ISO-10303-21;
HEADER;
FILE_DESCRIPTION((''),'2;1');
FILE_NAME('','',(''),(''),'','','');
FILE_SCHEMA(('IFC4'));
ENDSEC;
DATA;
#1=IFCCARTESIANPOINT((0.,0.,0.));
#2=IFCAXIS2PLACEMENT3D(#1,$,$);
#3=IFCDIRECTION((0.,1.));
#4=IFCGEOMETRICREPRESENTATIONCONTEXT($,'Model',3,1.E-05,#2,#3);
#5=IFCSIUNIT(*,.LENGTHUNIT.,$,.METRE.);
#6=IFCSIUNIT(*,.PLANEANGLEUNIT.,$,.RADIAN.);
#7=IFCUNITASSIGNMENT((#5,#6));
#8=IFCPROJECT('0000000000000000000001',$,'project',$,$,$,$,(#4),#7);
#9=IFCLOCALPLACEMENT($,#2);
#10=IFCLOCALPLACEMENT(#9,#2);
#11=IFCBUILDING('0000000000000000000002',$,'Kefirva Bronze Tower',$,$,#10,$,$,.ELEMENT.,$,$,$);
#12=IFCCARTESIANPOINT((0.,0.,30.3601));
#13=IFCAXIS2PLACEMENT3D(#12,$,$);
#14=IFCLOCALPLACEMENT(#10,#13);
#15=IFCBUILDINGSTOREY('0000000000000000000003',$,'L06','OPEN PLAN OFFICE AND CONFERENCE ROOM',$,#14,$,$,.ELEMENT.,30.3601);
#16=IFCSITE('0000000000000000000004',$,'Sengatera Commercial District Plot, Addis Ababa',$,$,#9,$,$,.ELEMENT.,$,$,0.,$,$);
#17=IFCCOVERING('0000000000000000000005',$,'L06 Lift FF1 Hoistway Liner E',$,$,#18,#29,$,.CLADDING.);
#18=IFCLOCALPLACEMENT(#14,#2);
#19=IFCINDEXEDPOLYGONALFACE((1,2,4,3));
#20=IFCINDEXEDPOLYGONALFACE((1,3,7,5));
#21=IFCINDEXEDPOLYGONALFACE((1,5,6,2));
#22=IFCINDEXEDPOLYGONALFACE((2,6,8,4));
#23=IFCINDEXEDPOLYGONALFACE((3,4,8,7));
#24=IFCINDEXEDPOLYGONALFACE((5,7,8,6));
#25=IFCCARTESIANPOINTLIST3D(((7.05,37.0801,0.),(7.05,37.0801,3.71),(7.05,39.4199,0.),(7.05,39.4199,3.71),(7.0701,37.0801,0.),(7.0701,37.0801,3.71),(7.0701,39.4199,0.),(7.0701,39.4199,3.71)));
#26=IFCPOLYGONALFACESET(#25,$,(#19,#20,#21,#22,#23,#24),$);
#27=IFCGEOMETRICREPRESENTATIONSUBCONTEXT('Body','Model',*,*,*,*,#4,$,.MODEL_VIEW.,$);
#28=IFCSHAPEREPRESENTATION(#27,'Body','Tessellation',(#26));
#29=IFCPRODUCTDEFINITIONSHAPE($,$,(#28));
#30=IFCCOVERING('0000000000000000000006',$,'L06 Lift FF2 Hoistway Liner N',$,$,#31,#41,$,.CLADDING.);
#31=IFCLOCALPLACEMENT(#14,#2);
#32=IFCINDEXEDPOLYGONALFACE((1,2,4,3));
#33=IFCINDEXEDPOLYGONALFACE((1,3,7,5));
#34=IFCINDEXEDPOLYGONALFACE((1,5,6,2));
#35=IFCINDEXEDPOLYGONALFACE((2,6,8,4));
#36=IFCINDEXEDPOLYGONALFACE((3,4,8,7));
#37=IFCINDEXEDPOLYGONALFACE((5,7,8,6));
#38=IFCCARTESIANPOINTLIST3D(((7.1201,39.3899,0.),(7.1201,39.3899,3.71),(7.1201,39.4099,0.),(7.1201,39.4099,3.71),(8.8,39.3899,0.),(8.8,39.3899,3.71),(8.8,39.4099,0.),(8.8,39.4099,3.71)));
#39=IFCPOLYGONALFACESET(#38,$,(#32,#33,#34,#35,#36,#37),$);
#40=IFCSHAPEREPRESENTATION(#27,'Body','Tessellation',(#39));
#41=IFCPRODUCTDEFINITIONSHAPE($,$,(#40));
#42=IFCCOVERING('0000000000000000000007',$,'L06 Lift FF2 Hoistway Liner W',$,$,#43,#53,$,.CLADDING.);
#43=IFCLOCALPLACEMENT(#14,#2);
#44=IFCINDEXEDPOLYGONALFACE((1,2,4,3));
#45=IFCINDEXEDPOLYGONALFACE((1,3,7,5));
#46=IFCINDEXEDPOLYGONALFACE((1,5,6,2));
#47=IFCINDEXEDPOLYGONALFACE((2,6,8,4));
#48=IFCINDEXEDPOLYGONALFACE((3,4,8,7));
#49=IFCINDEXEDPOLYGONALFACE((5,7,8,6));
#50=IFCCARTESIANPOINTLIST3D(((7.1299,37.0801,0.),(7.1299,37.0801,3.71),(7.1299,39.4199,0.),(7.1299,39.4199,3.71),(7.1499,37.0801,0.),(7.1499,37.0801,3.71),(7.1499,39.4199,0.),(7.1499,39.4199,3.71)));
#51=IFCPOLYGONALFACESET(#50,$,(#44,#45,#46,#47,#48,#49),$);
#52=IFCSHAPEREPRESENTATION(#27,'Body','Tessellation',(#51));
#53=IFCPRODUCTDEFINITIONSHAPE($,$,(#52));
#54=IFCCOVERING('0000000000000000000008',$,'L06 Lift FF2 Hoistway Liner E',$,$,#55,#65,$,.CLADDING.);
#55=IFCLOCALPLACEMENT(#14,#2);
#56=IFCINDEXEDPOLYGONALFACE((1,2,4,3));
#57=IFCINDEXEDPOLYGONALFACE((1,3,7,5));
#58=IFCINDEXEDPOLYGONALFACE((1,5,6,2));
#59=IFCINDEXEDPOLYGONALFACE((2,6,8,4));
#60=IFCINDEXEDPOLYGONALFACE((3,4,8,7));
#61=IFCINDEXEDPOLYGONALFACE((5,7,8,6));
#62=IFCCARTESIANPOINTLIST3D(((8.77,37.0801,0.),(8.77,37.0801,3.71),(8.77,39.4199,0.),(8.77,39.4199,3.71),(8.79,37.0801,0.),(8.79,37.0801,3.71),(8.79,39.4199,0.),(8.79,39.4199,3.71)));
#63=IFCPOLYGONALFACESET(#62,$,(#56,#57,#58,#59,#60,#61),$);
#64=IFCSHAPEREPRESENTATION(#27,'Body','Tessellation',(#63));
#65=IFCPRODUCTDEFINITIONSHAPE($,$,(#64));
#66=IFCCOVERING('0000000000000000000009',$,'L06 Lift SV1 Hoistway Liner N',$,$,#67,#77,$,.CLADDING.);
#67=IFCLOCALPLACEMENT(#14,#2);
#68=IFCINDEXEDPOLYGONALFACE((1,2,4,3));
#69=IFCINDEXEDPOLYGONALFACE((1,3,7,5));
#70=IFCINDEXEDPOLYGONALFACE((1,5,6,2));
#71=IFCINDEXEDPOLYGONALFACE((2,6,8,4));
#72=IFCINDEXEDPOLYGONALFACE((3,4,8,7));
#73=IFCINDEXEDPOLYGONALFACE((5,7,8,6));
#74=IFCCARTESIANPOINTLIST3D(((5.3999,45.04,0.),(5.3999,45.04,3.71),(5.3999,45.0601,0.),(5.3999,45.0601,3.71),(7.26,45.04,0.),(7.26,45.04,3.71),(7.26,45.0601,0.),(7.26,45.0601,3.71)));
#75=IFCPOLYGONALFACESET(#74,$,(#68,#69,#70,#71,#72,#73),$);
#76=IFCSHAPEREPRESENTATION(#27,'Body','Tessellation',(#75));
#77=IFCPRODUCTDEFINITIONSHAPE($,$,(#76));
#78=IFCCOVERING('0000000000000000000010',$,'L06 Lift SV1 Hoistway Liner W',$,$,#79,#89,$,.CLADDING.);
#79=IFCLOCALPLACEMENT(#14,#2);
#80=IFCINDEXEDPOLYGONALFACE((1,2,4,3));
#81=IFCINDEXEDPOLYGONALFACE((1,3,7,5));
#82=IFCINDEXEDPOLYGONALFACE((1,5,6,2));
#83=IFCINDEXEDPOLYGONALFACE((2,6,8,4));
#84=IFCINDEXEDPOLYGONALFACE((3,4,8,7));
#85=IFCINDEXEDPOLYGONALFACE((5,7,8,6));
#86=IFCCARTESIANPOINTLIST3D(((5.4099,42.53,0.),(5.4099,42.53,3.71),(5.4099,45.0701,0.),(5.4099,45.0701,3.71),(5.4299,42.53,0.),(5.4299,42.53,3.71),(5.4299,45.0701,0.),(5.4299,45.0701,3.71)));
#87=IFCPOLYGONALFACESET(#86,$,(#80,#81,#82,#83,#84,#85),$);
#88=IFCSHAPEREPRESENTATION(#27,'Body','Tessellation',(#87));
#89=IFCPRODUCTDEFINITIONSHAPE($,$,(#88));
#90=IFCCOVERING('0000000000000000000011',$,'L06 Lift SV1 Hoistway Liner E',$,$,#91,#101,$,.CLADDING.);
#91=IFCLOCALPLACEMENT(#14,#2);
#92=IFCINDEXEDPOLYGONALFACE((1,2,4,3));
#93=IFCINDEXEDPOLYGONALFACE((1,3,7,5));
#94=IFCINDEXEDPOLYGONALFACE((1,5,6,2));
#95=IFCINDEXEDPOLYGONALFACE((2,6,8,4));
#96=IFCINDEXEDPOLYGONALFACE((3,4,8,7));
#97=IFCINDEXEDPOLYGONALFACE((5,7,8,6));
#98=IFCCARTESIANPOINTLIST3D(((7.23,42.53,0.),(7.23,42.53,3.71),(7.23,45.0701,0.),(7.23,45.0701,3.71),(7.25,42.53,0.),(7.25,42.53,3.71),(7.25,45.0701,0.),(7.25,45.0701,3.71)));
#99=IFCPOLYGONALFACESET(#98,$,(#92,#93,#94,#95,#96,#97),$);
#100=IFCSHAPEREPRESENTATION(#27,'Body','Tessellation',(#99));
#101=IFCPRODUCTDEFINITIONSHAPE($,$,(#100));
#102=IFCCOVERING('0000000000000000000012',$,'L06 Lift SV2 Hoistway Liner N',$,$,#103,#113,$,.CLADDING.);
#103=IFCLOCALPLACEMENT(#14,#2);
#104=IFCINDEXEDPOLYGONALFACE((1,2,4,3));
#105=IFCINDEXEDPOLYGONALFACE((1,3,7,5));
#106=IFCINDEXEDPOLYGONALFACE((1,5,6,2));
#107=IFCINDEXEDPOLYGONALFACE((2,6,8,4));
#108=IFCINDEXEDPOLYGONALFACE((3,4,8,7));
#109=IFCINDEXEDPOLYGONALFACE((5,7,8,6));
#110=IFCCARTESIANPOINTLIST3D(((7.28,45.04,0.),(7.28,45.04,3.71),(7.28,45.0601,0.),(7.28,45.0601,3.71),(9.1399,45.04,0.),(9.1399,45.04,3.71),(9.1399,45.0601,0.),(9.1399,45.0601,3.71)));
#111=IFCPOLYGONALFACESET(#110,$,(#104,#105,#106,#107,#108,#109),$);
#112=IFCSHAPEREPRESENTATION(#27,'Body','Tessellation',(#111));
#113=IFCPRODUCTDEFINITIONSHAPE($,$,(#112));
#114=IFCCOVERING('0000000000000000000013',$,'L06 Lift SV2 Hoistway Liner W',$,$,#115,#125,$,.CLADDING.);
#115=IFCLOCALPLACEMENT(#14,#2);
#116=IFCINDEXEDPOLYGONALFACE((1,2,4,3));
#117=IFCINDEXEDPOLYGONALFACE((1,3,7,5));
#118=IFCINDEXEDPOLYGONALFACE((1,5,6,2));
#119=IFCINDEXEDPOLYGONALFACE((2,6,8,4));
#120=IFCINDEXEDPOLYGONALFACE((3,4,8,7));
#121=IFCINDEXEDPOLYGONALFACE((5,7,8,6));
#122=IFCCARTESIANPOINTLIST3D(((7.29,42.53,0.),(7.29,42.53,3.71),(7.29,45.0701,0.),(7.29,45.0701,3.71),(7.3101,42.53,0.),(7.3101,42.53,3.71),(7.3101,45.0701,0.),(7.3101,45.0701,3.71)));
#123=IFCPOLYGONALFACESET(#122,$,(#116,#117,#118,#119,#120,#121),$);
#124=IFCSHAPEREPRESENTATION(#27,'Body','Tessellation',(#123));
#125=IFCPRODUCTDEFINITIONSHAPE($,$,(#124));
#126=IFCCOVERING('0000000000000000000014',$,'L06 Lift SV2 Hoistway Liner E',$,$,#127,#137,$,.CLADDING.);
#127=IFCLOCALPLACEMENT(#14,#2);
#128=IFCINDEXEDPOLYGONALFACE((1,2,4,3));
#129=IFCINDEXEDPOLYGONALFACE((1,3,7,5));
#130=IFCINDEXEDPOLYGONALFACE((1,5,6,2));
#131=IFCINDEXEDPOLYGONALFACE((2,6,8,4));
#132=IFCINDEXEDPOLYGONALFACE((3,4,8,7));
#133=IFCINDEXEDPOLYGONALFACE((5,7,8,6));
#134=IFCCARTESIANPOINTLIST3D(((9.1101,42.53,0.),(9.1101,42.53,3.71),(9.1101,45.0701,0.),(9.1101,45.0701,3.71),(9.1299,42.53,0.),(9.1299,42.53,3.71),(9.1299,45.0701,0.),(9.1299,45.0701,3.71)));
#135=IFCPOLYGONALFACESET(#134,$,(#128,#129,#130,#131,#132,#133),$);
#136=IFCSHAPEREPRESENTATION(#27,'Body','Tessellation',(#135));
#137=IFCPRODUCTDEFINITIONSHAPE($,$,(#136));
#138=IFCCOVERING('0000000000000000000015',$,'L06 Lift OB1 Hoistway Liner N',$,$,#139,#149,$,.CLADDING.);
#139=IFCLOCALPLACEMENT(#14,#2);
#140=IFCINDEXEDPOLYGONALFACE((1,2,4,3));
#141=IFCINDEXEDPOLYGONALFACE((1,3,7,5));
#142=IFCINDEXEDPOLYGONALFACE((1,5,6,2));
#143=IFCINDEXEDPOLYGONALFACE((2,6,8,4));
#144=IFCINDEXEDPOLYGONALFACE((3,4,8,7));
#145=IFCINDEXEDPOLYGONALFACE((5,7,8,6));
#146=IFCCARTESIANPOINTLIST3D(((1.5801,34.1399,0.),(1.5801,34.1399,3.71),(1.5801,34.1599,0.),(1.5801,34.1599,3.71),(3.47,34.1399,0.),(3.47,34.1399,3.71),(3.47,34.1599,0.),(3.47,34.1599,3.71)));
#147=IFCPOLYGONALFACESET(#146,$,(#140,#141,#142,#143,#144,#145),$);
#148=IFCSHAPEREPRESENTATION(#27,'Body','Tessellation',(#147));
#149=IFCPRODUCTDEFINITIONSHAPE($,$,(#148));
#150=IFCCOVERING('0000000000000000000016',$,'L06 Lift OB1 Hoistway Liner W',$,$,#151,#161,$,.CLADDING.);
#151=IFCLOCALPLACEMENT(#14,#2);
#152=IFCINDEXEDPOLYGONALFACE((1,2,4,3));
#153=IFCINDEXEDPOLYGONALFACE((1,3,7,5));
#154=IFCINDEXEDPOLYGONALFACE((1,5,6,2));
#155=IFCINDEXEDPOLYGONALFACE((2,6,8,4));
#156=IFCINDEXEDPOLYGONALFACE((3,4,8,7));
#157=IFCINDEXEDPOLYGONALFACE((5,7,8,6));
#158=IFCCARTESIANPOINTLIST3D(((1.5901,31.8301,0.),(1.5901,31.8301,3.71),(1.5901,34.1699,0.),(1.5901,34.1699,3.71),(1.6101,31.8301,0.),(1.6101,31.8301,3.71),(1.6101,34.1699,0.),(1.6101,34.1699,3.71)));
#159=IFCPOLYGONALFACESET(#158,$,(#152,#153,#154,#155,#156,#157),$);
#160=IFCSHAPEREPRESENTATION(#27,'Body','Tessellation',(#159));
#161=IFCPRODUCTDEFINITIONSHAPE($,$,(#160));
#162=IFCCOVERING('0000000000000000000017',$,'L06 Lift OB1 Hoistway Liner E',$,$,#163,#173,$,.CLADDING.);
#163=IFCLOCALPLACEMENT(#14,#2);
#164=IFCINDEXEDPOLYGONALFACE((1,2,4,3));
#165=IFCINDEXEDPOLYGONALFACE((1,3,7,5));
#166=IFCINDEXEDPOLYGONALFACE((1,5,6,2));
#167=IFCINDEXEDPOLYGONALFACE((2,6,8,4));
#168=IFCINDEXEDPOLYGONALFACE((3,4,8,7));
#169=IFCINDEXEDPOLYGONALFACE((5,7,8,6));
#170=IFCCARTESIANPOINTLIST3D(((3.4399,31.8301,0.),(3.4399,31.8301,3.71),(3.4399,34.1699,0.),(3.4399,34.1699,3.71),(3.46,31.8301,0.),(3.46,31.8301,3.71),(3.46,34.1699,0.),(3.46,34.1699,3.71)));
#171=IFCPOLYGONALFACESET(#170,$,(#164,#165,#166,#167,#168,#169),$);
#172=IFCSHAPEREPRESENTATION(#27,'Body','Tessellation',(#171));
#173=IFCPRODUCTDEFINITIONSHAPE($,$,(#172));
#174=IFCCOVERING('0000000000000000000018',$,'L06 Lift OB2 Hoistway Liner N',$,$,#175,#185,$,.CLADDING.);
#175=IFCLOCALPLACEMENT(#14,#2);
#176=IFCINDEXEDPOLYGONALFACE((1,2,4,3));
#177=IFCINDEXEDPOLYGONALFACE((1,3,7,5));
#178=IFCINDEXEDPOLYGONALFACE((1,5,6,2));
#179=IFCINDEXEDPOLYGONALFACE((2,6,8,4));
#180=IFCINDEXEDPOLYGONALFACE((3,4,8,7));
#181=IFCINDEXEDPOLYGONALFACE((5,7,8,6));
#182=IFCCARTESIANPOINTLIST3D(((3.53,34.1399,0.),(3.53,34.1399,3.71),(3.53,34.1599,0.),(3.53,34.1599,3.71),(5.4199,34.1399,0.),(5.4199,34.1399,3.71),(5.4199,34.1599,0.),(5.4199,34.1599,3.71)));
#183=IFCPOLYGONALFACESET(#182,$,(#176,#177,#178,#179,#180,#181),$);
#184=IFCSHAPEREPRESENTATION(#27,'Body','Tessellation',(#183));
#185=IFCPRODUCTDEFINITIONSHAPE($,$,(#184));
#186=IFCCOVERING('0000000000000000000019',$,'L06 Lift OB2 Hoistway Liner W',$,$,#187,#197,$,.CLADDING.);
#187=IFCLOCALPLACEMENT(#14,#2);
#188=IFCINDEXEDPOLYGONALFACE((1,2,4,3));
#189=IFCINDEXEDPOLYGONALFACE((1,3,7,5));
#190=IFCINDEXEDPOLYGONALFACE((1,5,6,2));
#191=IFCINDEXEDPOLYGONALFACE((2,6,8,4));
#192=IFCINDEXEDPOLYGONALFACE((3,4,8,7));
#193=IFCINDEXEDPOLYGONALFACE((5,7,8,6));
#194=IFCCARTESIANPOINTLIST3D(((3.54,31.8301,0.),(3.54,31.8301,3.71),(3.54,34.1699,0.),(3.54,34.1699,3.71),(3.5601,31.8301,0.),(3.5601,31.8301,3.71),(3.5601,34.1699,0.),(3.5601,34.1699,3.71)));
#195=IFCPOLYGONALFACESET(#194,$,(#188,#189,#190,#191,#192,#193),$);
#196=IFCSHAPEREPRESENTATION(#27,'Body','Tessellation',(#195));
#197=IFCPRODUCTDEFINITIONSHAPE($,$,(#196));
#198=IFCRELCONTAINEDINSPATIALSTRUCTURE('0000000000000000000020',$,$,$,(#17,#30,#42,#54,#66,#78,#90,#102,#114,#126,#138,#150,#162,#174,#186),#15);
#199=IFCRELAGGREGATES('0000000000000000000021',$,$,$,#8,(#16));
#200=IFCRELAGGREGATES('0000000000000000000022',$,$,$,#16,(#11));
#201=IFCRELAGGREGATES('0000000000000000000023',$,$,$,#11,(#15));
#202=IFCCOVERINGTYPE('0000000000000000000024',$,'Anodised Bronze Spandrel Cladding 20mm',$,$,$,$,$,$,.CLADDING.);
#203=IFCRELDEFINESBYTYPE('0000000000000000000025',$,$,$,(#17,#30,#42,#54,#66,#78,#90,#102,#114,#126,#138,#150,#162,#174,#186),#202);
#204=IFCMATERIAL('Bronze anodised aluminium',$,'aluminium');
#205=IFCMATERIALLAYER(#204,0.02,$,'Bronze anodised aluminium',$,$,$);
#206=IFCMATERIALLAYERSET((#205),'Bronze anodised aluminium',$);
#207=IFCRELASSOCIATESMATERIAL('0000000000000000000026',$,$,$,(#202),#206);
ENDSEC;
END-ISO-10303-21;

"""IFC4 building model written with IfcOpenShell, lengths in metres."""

from ifc_helpers import new_model, si_unit, direction, frame, origin, place, context, subcontext, project, spatial, polyline, outline, extrude, material, layer, layer_set, type_object, element, save


model = new_model("IFC4")

# Units and contexts
model_context = context("Model", 3, precision=1e-05, world=origin(), true_north=direction((0.0, 1.0)))
body_context = subcontext(model_context, "Body", "Model", "MODEL_VIEW")
ifc_project = project(units=[si_unit("LENGTHUNIT", "METRE"), si_unit("PLANEANGLEUNIT", "RADIAN")], contexts=[model_context])

# Site, building, storey
site_placement = place(None, origin())
site = spatial("IfcSite", under=ifc_project, at=site_placement, Name="Sengatera Commercial District Plot, Addis Ababa", CompositionType="ELEMENT", RefElevation=0.0)
building_placement = place(site_placement, origin())
building = spatial("IfcBuilding", under=site, at=building_placement, Name="Kefirva Bronze Tower", CompositionType="ELEMENT")
storey_placement = place(building_placement, frame((0.0, 0.0, 30.3601)))
storey = spatial("IfcBuildingStorey", under=building, at=storey_placement, Name="L06", Description="OPEN PLAN OFFICE AND CONFERENCE ROOM", CompositionType="ELEMENT", Elevation=30.3601)

# Coverings
ifc_material_1 = material(Name="Bronze anodised aluminium", Category="aluminium")
ifc_layer_1 = layer(ifc_material_1, 0.02, Name="Bronze anodised aluminium")
ifc_layer_set_1 = layer_set([ifc_layer_1], Name="Bronze anodised aluminium")
covering_type_1 = type_object("IfcCoveringType", Name="Anodised Bronze Spandrel Cladding 20mm", PredefinedType="CLADDING", material=ifc_layer_set_1)
covering_1_placement = place(storey_placement, origin())
element("IfcCovering", 1, at=covering_1_placement, inside=storey, type_object=covering_type_1, Name="L06 Lift FF1 Hoistway Liner E", PredefinedType="CLADDING", context=body_context, shape_type="SweptSolid", body=[
    extrude(outline(polyline([(7.05, 37.0801), (7.0701, 37.0801), (7.0701, 39.4199), (7.05, 39.4199), (7.05, 37.0801)])), origin(), (0.0, 0.0, 1.0), 3.71),
])
covering_2_placement = place(storey_placement, origin())
element("IfcCovering", 2, at=covering_2_placement, inside=storey, type_object=covering_type_1, Name="L06 Lift FF2 Hoistway Liner N", PredefinedType="CLADDING", context=body_context, shape_type="SweptSolid", body=[
    extrude(outline(polyline([(7.1201, 39.3899), (8.8, 39.3899), (8.8, 39.4099), (7.1201, 39.4099), (7.1201, 39.3899)])), origin(), (0.0, 0.0, 1.0), 3.71),
])
covering_3_placement = place(storey_placement, origin())
element("IfcCovering", 3, at=covering_3_placement, inside=storey, type_object=covering_type_1, Name="L06 Lift FF2 Hoistway Liner W", PredefinedType="CLADDING", context=body_context, shape_type="SweptSolid", body=[
    extrude(outline(polyline([(7.1299, 37.0801), (7.1499, 37.0801), (7.1499, 39.4199), (7.1299, 39.4199), (7.1299, 37.0801)])), origin(), (0.0, 0.0, 1.0), 3.71),
])
covering_4_placement = place(storey_placement, origin())
element("IfcCovering", 4, at=covering_4_placement, inside=storey, type_object=covering_type_1, Name="L06 Lift FF2 Hoistway Liner E", PredefinedType="CLADDING", context=body_context, shape_type="SweptSolid", body=[
    extrude(outline(polyline([(8.77, 37.0801), (8.79, 37.0801), (8.79, 39.4199), (8.77, 39.4199), (8.77, 37.0801)])), origin(), (0.0, 0.0, 1.0), 3.71),
])
covering_5_placement = place(storey_placement, origin())
element("IfcCovering", 5, at=covering_5_placement, inside=storey, type_object=covering_type_1, Name="L06 Lift SV1 Hoistway Liner N", PredefinedType="CLADDING", context=body_context, shape_type="SweptSolid", body=[
    extrude(outline(polyline([(5.3999, 45.04), (7.26, 45.04), (7.26, 45.0601), (5.3999, 45.0601), (5.3999, 45.04)])), origin(), (0.0, 0.0, 1.0), 3.71),
])
covering_6_placement = place(storey_placement, origin())
element("IfcCovering", 6, at=covering_6_placement, inside=storey, type_object=covering_type_1, Name="L06 Lift SV1 Hoistway Liner W", PredefinedType="CLADDING", context=body_context, shape_type="SweptSolid", body=[
    extrude(outline(polyline([(5.4099, 42.53), (5.4299, 42.53), (5.4299, 45.0701), (5.4099, 45.0701), (5.4099, 42.53)])), origin(), (0.0, 0.0, 1.0), 3.71),
])
covering_7_placement = place(storey_placement, origin())
element("IfcCovering", 7, at=covering_7_placement, inside=storey, type_object=covering_type_1, Name="L06 Lift SV1 Hoistway Liner E", PredefinedType="CLADDING", context=body_context, shape_type="SweptSolid", body=[
    extrude(outline(polyline([(7.23, 42.53), (7.25, 42.53), (7.25, 45.0701), (7.23, 45.0701), (7.23, 42.53)])), origin(), (0.0, 0.0, 1.0), 3.71),
])
covering_8_placement = place(storey_placement, origin())
element("IfcCovering", 8, at=covering_8_placement, inside=storey, type_object=covering_type_1, Name="L06 Lift SV2 Hoistway Liner N", PredefinedType="CLADDING", context=body_context, shape_type="SweptSolid", body=[
    extrude(outline(polyline([(7.28, 45.04), (9.1399, 45.04), (9.1399, 45.0601), (7.28, 45.0601), (7.28, 45.04)])), origin(), (0.0, 0.0, 1.0), 3.71),
])
covering_9_placement = place(storey_placement, origin())
element("IfcCovering", 9, at=covering_9_placement, inside=storey, type_object=covering_type_1, Name="L06 Lift SV2 Hoistway Liner W", PredefinedType="CLADDING", context=body_context, shape_type="SweptSolid", body=[
    extrude(outline(polyline([(7.29, 42.53), (7.3101, 42.53), (7.3101, 45.0701), (7.29, 45.0701), (7.29, 42.53)])), origin(), (0.0, 0.0, 1.0), 3.71),
])
covering_10_placement = place(storey_placement, origin())
element("IfcCovering", 10, at=covering_10_placement, inside=storey, type_object=covering_type_1, Name="L06 Lift SV2 Hoistway Liner E", PredefinedType="CLADDING", context=body_context, shape_type="SweptSolid", body=[
    extrude(outline(polyline([(9.1101, 42.53), (9.1299, 42.53), (9.1299, 45.0701), (9.1101, 45.0701), (9.1101, 42.53)])), origin(), (0.0, 0.0, 1.0), 3.71),
])
covering_11_placement = place(storey_placement, origin())
element("IfcCovering", 11, at=covering_11_placement, inside=storey, type_object=covering_type_1, Name="L06 Lift OB1 Hoistway Liner N", PredefinedType="CLADDING", context=body_context, shape_type="SweptSolid", body=[
    extrude(outline(polyline([(1.5801, 34.1399), (3.47, 34.1399), (3.47, 34.1599), (1.5801, 34.1599), (1.5801, 34.1399)])), origin(), (0.0, 0.0, 1.0), 3.71),
])
covering_12_placement = place(storey_placement, origin())
element("IfcCovering", 12, at=covering_12_placement, inside=storey, type_object=covering_type_1, Name="L06 Lift OB1 Hoistway Liner W", PredefinedType="CLADDING", context=body_context, shape_type="SweptSolid", body=[
    extrude(outline(polyline([(1.5901, 31.8301), (1.6101, 31.8301), (1.6101, 34.1699), (1.5901, 34.1699), (1.5901, 31.8301)])), origin(), (0.0, 0.0, 1.0), 3.71),
])
covering_13_placement = place(storey_placement, origin())
element("IfcCovering", 13, at=covering_13_placement, inside=storey, type_object=covering_type_1, Name="L06 Lift OB1 Hoistway Liner E", PredefinedType="CLADDING", context=body_context, shape_type="SweptSolid", body=[
    extrude(outline(polyline([(3.4399, 31.8301), (3.46, 31.8301), (3.46, 34.1699), (3.4399, 34.1699), (3.4399, 31.8301)])), origin(), (0.0, 0.0, 1.0), 3.71),
])
covering_14_placement = place(storey_placement, origin())
element("IfcCovering", 14, at=covering_14_placement, inside=storey, type_object=covering_type_1, Name="L06 Lift OB2 Hoistway Liner N", PredefinedType="CLADDING", context=body_context, shape_type="SweptSolid", body=[
    extrude(outline(polyline([(3.53, 34.1399), (5.4199, 34.1399), (5.4199, 34.1599), (3.53, 34.1599), (3.53, 34.1399)])), origin(), (0.0, 0.0, 1.0), 3.71),
])
covering_15_placement = place(storey_placement, origin())
element("IfcCovering", 15, at=covering_15_placement, inside=storey, type_object=covering_type_1, Name="L06 Lift OB2 Hoistway Liner W", PredefinedType="CLADDING", context=body_context, shape_type="SweptSolid", body=[
    extrude(outline(polyline([(3.54, 31.8301), (3.5601, 31.8301), (3.5601, 34.1699), (3.54, 34.1699), (3.54, 31.8301)])), origin(), (0.0, 0.0, 1.0), 3.71),
])

save(model, "model.ifc")
